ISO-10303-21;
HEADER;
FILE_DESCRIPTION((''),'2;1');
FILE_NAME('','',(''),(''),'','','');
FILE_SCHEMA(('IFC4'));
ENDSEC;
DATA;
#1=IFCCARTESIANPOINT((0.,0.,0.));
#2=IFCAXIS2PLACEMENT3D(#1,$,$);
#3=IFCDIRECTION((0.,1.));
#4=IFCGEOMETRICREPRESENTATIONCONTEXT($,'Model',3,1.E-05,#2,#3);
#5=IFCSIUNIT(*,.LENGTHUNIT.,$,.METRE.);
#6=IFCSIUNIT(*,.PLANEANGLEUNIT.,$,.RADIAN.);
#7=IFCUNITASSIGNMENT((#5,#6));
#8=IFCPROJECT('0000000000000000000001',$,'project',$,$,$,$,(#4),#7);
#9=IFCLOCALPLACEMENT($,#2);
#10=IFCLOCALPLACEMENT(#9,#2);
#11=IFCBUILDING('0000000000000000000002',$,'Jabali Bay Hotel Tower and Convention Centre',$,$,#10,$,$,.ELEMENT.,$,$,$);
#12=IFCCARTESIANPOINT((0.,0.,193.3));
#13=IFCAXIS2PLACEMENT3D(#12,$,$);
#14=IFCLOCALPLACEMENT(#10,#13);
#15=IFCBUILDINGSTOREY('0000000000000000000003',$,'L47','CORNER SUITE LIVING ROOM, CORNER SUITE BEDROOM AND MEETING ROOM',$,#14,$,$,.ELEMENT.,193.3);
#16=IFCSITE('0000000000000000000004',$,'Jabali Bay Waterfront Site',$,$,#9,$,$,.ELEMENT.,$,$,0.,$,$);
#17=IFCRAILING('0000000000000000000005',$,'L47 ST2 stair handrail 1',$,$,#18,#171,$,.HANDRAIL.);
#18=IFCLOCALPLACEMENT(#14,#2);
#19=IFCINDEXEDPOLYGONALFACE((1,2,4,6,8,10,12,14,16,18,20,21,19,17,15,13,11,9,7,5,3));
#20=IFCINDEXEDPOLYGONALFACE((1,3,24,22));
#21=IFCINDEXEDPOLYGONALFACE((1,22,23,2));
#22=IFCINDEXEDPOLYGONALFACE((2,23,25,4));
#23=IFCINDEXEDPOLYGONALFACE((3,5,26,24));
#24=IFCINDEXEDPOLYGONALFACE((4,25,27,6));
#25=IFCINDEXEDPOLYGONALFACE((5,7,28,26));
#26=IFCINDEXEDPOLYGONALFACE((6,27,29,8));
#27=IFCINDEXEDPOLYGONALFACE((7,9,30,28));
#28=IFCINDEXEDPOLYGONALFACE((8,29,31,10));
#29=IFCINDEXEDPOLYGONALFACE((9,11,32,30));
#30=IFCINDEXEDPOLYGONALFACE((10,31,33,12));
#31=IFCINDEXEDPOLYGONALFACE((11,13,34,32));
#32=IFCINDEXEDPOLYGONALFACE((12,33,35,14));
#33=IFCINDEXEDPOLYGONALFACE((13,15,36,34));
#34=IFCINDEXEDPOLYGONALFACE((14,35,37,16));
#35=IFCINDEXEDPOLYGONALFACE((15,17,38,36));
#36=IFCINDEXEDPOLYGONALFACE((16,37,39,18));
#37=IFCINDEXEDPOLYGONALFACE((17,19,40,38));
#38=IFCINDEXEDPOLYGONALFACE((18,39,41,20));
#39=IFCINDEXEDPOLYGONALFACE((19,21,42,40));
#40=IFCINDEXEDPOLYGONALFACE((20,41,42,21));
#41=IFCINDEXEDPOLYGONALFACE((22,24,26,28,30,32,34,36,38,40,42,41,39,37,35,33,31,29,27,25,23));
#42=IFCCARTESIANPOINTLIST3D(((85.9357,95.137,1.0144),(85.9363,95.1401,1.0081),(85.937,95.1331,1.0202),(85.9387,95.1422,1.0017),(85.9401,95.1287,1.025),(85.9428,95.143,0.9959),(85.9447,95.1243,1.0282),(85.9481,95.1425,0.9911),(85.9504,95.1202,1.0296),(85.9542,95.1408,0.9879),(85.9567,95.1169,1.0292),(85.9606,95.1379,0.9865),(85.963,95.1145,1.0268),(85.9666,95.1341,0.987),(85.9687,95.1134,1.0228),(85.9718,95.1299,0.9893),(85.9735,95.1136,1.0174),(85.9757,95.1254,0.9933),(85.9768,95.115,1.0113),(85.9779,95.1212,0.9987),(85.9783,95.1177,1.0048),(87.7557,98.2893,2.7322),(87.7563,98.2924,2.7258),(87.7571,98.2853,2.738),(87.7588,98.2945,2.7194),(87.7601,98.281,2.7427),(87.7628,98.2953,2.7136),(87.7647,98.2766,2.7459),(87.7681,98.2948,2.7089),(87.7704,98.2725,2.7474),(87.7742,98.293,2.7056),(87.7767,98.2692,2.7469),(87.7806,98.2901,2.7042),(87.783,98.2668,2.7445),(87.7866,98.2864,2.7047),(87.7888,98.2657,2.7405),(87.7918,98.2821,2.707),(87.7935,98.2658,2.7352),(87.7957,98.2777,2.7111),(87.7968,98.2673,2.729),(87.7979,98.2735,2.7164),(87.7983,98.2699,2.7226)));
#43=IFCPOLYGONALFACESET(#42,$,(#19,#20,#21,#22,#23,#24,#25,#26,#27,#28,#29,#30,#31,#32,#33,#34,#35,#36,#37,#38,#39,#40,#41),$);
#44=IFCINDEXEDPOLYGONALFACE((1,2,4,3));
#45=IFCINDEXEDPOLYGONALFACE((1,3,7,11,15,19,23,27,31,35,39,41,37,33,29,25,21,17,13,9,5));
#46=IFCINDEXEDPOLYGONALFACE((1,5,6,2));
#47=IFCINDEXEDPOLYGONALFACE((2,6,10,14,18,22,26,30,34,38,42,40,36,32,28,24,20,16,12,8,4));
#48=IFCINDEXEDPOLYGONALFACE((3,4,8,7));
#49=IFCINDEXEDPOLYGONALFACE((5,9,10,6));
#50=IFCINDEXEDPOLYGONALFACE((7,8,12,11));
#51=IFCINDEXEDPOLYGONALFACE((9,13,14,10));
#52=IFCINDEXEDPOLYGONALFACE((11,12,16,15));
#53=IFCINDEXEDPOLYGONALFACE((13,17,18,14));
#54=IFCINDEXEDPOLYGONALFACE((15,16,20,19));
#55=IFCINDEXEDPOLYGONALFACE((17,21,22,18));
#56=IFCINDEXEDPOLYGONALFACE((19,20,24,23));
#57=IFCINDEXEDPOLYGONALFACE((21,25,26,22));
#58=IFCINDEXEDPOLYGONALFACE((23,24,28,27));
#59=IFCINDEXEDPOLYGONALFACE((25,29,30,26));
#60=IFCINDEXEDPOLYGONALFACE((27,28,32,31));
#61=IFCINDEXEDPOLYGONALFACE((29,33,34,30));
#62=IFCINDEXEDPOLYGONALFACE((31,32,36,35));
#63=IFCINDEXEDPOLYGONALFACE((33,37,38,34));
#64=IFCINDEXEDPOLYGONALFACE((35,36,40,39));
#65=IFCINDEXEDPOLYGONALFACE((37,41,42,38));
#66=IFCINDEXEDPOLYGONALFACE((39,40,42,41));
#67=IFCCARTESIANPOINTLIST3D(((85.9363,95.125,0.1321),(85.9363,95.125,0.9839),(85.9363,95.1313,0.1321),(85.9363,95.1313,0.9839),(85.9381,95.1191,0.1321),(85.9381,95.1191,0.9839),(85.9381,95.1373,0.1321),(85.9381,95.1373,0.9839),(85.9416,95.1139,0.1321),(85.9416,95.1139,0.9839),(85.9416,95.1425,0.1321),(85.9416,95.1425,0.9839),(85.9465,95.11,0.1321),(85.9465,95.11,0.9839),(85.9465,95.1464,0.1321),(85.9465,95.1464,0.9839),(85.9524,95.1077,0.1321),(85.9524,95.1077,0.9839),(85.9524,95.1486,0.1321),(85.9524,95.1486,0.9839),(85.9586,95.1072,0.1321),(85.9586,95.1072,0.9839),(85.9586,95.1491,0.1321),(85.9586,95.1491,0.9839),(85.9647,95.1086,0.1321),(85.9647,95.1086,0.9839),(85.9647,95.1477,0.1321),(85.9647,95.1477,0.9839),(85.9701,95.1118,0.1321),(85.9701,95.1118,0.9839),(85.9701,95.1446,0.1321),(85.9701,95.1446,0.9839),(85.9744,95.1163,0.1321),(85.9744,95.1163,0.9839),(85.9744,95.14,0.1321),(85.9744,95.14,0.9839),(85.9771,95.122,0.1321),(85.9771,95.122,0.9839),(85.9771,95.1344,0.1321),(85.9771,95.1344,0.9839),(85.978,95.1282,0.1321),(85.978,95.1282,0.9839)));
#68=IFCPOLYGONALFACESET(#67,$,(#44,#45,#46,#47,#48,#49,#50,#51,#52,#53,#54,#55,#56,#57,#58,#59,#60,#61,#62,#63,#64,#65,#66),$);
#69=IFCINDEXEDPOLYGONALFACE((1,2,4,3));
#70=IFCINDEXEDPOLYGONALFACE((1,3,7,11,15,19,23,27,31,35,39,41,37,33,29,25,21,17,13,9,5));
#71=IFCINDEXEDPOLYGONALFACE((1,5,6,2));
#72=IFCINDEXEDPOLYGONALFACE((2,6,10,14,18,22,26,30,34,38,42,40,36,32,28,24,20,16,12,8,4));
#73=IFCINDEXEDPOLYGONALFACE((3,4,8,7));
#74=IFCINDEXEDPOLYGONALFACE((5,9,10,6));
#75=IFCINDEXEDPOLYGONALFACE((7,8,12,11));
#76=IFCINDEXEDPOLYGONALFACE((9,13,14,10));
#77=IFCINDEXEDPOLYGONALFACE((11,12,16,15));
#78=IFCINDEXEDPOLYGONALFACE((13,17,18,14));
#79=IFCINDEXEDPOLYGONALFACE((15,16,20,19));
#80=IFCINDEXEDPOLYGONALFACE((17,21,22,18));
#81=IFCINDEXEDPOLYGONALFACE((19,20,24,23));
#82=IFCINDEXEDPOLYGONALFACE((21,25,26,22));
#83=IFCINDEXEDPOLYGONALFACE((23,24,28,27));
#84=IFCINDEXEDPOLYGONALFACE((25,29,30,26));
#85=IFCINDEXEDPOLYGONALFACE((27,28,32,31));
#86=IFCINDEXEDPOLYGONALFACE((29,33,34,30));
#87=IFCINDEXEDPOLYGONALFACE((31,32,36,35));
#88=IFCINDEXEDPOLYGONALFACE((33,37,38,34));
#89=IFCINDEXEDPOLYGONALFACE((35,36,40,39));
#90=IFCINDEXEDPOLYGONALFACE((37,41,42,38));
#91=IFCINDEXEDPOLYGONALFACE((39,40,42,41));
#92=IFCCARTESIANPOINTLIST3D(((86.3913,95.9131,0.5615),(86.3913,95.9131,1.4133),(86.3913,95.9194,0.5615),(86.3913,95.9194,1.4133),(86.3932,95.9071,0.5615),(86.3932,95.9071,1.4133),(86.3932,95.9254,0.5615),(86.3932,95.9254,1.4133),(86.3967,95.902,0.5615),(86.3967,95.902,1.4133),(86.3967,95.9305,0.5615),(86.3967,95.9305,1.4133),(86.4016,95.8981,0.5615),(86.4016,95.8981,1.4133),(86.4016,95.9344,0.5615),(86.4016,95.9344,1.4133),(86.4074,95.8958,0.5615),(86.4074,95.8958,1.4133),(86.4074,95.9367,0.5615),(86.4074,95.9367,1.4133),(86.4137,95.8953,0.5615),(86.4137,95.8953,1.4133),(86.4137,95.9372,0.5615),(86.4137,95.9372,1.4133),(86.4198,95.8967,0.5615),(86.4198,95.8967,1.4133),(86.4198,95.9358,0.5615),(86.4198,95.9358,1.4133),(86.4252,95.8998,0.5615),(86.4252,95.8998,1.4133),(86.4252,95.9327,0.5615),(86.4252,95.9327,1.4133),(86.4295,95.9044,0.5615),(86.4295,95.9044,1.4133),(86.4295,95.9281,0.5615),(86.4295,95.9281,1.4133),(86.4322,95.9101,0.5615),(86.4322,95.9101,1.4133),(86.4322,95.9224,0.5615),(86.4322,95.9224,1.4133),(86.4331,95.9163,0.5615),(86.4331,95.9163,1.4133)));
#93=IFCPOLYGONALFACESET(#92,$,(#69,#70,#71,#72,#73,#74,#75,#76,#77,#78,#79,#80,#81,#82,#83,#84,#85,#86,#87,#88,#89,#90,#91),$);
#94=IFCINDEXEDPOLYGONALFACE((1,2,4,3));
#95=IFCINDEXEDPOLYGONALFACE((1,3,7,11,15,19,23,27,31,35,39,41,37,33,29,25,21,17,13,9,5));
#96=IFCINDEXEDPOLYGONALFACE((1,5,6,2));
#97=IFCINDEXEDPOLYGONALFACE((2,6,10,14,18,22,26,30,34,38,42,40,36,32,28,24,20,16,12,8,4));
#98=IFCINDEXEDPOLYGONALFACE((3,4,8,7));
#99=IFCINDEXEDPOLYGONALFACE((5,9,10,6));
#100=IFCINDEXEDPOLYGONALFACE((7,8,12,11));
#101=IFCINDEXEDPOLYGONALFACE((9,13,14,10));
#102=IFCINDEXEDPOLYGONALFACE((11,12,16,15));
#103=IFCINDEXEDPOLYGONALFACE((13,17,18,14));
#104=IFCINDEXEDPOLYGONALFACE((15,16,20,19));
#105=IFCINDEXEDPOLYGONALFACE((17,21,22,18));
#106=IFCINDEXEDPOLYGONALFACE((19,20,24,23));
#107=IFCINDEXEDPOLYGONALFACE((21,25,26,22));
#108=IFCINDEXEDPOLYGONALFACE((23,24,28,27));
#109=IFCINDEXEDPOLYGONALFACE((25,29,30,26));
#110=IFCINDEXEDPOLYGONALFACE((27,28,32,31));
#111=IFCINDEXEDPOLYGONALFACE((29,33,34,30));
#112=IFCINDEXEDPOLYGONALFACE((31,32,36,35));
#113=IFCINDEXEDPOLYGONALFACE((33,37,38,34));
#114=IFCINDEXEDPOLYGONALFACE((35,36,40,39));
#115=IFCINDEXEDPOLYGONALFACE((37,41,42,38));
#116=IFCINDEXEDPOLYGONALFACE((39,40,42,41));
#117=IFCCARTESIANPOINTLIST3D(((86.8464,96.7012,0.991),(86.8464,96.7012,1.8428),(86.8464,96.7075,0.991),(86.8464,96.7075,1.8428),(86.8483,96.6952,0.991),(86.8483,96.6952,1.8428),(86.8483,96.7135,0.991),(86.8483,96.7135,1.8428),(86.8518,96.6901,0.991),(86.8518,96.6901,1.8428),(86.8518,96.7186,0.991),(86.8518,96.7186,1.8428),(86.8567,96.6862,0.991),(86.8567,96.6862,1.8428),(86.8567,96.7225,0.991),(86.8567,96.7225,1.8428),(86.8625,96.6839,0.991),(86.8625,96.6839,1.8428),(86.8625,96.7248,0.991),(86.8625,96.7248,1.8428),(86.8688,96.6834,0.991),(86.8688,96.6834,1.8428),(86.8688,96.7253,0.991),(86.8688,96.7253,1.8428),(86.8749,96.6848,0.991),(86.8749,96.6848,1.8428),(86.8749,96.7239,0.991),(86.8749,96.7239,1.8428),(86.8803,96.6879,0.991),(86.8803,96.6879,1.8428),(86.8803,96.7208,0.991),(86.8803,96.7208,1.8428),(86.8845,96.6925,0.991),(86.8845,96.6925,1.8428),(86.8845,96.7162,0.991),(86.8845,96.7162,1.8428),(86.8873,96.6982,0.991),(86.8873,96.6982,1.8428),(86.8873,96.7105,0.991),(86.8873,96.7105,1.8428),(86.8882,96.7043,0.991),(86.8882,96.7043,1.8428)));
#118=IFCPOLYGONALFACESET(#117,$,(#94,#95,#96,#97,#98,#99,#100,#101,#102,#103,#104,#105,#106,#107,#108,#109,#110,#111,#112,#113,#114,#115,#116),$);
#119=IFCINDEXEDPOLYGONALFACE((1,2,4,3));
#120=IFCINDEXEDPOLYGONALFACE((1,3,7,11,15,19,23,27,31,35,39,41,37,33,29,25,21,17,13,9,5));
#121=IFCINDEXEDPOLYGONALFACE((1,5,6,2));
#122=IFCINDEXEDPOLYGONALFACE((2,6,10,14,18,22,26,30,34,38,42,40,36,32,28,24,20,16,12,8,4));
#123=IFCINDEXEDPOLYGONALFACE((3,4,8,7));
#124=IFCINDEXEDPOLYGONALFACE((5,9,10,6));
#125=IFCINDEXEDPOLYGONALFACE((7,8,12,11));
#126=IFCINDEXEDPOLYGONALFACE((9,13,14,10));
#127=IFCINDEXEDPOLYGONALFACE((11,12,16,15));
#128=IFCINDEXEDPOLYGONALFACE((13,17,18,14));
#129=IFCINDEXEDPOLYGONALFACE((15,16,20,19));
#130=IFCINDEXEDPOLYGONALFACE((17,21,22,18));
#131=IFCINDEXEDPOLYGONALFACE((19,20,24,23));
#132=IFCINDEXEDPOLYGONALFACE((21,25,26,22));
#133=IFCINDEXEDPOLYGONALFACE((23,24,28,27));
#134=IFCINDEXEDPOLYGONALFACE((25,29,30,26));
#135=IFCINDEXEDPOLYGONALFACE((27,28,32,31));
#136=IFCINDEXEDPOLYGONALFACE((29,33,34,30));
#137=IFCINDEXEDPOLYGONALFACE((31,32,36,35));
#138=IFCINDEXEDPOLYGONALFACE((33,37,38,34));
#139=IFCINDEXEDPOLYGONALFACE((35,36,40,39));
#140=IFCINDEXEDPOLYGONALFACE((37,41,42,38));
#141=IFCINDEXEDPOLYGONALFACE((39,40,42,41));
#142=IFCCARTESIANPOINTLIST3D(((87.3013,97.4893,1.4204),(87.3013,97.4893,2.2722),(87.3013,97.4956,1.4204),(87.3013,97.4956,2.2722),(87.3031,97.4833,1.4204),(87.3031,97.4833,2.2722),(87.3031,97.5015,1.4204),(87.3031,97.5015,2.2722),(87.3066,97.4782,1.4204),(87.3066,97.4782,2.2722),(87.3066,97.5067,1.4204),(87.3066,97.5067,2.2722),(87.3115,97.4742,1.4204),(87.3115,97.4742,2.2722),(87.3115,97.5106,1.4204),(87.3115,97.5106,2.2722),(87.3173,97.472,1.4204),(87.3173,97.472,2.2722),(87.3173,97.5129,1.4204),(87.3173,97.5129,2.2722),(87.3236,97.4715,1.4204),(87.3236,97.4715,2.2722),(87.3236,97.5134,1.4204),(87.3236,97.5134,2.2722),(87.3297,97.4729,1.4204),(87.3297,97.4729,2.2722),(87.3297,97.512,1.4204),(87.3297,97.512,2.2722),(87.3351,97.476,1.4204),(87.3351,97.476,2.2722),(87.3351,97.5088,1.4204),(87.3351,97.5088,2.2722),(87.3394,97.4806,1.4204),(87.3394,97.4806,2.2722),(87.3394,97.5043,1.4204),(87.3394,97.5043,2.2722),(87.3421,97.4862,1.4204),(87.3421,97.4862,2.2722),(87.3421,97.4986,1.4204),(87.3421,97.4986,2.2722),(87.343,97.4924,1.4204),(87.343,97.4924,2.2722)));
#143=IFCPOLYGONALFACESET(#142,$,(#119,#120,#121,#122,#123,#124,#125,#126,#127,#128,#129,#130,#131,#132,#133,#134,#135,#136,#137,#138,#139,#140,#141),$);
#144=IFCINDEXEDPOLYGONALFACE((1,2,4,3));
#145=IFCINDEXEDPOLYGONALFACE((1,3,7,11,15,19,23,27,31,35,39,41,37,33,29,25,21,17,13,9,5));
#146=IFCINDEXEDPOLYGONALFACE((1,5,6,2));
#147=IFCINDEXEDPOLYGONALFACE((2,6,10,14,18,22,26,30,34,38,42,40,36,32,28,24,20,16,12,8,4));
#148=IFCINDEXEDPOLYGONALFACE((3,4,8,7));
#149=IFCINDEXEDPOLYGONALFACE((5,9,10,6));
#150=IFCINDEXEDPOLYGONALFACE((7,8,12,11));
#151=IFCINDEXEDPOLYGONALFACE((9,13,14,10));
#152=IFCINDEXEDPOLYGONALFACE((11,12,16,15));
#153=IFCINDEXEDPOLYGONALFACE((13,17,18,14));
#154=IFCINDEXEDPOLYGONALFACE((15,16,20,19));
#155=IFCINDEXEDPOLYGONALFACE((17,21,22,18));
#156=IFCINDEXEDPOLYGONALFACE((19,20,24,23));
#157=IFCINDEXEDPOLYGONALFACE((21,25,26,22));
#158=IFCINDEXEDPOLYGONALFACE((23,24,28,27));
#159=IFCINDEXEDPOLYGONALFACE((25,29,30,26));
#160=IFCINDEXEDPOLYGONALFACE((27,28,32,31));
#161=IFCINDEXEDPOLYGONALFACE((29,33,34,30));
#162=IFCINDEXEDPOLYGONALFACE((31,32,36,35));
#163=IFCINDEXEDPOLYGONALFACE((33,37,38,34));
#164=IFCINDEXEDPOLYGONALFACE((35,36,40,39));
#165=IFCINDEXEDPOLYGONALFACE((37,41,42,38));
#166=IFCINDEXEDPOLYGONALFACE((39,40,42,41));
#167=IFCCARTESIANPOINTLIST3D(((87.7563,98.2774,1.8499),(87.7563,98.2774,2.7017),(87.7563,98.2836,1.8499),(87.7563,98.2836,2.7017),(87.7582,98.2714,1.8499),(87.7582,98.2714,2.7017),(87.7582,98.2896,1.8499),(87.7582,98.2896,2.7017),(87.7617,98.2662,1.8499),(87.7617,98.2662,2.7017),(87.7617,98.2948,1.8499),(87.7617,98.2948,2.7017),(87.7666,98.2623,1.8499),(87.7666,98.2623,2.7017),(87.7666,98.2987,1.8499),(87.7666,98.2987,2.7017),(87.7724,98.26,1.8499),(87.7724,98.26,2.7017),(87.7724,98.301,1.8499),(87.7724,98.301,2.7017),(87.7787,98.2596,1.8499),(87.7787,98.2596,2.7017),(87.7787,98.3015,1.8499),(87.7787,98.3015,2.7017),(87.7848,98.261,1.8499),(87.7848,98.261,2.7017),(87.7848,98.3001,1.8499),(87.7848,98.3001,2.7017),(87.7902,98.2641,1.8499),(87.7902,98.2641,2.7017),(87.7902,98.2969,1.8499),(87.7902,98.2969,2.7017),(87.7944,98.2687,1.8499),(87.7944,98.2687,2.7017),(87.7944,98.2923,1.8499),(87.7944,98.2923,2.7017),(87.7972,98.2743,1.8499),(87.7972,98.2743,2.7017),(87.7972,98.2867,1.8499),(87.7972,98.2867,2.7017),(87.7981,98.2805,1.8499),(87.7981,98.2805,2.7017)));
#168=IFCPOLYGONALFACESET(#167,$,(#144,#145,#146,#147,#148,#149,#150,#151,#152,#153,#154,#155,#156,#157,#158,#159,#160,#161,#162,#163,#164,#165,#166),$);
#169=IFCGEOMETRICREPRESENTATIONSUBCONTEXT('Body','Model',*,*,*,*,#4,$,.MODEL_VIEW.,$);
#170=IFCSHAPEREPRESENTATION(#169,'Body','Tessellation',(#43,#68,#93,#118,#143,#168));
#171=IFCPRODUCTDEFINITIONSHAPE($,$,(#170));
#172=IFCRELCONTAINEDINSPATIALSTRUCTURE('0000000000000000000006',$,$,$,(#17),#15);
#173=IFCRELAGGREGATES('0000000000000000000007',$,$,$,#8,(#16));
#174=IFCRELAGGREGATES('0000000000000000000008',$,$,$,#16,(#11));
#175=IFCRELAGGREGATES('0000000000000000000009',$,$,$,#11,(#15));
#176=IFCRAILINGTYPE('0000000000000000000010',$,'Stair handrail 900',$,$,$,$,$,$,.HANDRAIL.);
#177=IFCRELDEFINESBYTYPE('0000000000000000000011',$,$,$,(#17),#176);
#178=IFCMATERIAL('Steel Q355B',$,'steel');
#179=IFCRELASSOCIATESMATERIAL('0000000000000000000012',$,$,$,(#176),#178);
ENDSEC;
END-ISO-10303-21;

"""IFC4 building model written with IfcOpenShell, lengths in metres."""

from ifc_helpers import new_model, si_unit, direction, frame, origin, origin_2d, place, context, subcontext, project, spatial, circle, extrude, material, type_object, element, save


model = new_model("IFC4")

# Units and contexts
model_context = context("Model", 3, precision=1e-05, world=origin(), true_north=direction((0.0, 1.0)))
body_context = subcontext(model_context, "Body", "Model", "MODEL_VIEW")
ifc_project = project(units=[si_unit("LENGTHUNIT", "METRE"), si_unit("PLANEANGLEUNIT", "RADIAN")], contexts=[model_context])

# Site, building, storey
site_placement = place(None, origin())
site = spatial("IfcSite", under=ifc_project, at=site_placement, Name="Jabali Bay Waterfront Site", CompositionType="ELEMENT", RefElevation=0.0)
building_placement = place(site_placement, origin())
building = spatial("IfcBuilding", under=site, at=building_placement, Name="Jabali Bay Hotel Tower and Convention Centre", CompositionType="ELEMENT")
storey_placement = place(building_placement, frame((0.0, 0.0, 193.3)))
storey = spatial("IfcBuildingStorey", under=building, at=storey_placement, Name="L47", Description="CORNER SUITE LIVING ROOM, CORNER SUITE BEDROOM AND MEETING ROOM", CompositionType="ELEMENT", Elevation=193.3)

# Railing
ifc_material_1 = material(Name="Steel Q355B", Category="steel")
railing_type_1 = type_object("IfcRailingType", Name="Stair handrail 900", PredefinedType="HANDRAIL", material=ifc_material_1)
railing_1_placement = place(storey_placement, frame((85.957, 95.1282, 0.1321)))
element("IfcRailing", 1, at=railing_1_placement, inside=storey, type_object=railing_type_1, Name="L47 ST2 stair handrail 1", PredefinedType="HANDRAIL", context=body_context, shape_type="SweptSolid", body=[
    extrude(circle(Radius=0.0239, at=origin_2d()), frame((0.0, 0.0, 0.876), z_axis=(0.45219, 0.78319, 0.426775), x_axis=(-0.866018, 0.500013, 0.0)), (0.0, 0.0, 1.0), 4.0249),
    extrude(circle(Radius=0.021, at=origin_2d()), origin(), (0.0, 0.0, 1.0), 0.8518),
    extrude(circle(Radius=0.021, at=origin_2d()), frame((0.4551, 0.7881, 0.4294)), (0.0, 0.0, 1.0), 0.8518),
    extrude(circle(Radius=0.021, at=origin_2d()), frame((0.9102, 1.5762, 0.8589)), (0.0, 0.0, 1.0), 0.8518),
    extrude(circle(Radius=0.021, at=origin_2d()), frame((1.365, 2.3643, 1.2883)), (0.0, 0.0, 1.0), 0.8518),
    extrude(circle(Radius=0.021, at=origin_2d()), frame((1.8201, 3.1523, 1.7178)), (0.0, 0.0, 1.0), 0.8518),
])

save(model, "model.ifc")
